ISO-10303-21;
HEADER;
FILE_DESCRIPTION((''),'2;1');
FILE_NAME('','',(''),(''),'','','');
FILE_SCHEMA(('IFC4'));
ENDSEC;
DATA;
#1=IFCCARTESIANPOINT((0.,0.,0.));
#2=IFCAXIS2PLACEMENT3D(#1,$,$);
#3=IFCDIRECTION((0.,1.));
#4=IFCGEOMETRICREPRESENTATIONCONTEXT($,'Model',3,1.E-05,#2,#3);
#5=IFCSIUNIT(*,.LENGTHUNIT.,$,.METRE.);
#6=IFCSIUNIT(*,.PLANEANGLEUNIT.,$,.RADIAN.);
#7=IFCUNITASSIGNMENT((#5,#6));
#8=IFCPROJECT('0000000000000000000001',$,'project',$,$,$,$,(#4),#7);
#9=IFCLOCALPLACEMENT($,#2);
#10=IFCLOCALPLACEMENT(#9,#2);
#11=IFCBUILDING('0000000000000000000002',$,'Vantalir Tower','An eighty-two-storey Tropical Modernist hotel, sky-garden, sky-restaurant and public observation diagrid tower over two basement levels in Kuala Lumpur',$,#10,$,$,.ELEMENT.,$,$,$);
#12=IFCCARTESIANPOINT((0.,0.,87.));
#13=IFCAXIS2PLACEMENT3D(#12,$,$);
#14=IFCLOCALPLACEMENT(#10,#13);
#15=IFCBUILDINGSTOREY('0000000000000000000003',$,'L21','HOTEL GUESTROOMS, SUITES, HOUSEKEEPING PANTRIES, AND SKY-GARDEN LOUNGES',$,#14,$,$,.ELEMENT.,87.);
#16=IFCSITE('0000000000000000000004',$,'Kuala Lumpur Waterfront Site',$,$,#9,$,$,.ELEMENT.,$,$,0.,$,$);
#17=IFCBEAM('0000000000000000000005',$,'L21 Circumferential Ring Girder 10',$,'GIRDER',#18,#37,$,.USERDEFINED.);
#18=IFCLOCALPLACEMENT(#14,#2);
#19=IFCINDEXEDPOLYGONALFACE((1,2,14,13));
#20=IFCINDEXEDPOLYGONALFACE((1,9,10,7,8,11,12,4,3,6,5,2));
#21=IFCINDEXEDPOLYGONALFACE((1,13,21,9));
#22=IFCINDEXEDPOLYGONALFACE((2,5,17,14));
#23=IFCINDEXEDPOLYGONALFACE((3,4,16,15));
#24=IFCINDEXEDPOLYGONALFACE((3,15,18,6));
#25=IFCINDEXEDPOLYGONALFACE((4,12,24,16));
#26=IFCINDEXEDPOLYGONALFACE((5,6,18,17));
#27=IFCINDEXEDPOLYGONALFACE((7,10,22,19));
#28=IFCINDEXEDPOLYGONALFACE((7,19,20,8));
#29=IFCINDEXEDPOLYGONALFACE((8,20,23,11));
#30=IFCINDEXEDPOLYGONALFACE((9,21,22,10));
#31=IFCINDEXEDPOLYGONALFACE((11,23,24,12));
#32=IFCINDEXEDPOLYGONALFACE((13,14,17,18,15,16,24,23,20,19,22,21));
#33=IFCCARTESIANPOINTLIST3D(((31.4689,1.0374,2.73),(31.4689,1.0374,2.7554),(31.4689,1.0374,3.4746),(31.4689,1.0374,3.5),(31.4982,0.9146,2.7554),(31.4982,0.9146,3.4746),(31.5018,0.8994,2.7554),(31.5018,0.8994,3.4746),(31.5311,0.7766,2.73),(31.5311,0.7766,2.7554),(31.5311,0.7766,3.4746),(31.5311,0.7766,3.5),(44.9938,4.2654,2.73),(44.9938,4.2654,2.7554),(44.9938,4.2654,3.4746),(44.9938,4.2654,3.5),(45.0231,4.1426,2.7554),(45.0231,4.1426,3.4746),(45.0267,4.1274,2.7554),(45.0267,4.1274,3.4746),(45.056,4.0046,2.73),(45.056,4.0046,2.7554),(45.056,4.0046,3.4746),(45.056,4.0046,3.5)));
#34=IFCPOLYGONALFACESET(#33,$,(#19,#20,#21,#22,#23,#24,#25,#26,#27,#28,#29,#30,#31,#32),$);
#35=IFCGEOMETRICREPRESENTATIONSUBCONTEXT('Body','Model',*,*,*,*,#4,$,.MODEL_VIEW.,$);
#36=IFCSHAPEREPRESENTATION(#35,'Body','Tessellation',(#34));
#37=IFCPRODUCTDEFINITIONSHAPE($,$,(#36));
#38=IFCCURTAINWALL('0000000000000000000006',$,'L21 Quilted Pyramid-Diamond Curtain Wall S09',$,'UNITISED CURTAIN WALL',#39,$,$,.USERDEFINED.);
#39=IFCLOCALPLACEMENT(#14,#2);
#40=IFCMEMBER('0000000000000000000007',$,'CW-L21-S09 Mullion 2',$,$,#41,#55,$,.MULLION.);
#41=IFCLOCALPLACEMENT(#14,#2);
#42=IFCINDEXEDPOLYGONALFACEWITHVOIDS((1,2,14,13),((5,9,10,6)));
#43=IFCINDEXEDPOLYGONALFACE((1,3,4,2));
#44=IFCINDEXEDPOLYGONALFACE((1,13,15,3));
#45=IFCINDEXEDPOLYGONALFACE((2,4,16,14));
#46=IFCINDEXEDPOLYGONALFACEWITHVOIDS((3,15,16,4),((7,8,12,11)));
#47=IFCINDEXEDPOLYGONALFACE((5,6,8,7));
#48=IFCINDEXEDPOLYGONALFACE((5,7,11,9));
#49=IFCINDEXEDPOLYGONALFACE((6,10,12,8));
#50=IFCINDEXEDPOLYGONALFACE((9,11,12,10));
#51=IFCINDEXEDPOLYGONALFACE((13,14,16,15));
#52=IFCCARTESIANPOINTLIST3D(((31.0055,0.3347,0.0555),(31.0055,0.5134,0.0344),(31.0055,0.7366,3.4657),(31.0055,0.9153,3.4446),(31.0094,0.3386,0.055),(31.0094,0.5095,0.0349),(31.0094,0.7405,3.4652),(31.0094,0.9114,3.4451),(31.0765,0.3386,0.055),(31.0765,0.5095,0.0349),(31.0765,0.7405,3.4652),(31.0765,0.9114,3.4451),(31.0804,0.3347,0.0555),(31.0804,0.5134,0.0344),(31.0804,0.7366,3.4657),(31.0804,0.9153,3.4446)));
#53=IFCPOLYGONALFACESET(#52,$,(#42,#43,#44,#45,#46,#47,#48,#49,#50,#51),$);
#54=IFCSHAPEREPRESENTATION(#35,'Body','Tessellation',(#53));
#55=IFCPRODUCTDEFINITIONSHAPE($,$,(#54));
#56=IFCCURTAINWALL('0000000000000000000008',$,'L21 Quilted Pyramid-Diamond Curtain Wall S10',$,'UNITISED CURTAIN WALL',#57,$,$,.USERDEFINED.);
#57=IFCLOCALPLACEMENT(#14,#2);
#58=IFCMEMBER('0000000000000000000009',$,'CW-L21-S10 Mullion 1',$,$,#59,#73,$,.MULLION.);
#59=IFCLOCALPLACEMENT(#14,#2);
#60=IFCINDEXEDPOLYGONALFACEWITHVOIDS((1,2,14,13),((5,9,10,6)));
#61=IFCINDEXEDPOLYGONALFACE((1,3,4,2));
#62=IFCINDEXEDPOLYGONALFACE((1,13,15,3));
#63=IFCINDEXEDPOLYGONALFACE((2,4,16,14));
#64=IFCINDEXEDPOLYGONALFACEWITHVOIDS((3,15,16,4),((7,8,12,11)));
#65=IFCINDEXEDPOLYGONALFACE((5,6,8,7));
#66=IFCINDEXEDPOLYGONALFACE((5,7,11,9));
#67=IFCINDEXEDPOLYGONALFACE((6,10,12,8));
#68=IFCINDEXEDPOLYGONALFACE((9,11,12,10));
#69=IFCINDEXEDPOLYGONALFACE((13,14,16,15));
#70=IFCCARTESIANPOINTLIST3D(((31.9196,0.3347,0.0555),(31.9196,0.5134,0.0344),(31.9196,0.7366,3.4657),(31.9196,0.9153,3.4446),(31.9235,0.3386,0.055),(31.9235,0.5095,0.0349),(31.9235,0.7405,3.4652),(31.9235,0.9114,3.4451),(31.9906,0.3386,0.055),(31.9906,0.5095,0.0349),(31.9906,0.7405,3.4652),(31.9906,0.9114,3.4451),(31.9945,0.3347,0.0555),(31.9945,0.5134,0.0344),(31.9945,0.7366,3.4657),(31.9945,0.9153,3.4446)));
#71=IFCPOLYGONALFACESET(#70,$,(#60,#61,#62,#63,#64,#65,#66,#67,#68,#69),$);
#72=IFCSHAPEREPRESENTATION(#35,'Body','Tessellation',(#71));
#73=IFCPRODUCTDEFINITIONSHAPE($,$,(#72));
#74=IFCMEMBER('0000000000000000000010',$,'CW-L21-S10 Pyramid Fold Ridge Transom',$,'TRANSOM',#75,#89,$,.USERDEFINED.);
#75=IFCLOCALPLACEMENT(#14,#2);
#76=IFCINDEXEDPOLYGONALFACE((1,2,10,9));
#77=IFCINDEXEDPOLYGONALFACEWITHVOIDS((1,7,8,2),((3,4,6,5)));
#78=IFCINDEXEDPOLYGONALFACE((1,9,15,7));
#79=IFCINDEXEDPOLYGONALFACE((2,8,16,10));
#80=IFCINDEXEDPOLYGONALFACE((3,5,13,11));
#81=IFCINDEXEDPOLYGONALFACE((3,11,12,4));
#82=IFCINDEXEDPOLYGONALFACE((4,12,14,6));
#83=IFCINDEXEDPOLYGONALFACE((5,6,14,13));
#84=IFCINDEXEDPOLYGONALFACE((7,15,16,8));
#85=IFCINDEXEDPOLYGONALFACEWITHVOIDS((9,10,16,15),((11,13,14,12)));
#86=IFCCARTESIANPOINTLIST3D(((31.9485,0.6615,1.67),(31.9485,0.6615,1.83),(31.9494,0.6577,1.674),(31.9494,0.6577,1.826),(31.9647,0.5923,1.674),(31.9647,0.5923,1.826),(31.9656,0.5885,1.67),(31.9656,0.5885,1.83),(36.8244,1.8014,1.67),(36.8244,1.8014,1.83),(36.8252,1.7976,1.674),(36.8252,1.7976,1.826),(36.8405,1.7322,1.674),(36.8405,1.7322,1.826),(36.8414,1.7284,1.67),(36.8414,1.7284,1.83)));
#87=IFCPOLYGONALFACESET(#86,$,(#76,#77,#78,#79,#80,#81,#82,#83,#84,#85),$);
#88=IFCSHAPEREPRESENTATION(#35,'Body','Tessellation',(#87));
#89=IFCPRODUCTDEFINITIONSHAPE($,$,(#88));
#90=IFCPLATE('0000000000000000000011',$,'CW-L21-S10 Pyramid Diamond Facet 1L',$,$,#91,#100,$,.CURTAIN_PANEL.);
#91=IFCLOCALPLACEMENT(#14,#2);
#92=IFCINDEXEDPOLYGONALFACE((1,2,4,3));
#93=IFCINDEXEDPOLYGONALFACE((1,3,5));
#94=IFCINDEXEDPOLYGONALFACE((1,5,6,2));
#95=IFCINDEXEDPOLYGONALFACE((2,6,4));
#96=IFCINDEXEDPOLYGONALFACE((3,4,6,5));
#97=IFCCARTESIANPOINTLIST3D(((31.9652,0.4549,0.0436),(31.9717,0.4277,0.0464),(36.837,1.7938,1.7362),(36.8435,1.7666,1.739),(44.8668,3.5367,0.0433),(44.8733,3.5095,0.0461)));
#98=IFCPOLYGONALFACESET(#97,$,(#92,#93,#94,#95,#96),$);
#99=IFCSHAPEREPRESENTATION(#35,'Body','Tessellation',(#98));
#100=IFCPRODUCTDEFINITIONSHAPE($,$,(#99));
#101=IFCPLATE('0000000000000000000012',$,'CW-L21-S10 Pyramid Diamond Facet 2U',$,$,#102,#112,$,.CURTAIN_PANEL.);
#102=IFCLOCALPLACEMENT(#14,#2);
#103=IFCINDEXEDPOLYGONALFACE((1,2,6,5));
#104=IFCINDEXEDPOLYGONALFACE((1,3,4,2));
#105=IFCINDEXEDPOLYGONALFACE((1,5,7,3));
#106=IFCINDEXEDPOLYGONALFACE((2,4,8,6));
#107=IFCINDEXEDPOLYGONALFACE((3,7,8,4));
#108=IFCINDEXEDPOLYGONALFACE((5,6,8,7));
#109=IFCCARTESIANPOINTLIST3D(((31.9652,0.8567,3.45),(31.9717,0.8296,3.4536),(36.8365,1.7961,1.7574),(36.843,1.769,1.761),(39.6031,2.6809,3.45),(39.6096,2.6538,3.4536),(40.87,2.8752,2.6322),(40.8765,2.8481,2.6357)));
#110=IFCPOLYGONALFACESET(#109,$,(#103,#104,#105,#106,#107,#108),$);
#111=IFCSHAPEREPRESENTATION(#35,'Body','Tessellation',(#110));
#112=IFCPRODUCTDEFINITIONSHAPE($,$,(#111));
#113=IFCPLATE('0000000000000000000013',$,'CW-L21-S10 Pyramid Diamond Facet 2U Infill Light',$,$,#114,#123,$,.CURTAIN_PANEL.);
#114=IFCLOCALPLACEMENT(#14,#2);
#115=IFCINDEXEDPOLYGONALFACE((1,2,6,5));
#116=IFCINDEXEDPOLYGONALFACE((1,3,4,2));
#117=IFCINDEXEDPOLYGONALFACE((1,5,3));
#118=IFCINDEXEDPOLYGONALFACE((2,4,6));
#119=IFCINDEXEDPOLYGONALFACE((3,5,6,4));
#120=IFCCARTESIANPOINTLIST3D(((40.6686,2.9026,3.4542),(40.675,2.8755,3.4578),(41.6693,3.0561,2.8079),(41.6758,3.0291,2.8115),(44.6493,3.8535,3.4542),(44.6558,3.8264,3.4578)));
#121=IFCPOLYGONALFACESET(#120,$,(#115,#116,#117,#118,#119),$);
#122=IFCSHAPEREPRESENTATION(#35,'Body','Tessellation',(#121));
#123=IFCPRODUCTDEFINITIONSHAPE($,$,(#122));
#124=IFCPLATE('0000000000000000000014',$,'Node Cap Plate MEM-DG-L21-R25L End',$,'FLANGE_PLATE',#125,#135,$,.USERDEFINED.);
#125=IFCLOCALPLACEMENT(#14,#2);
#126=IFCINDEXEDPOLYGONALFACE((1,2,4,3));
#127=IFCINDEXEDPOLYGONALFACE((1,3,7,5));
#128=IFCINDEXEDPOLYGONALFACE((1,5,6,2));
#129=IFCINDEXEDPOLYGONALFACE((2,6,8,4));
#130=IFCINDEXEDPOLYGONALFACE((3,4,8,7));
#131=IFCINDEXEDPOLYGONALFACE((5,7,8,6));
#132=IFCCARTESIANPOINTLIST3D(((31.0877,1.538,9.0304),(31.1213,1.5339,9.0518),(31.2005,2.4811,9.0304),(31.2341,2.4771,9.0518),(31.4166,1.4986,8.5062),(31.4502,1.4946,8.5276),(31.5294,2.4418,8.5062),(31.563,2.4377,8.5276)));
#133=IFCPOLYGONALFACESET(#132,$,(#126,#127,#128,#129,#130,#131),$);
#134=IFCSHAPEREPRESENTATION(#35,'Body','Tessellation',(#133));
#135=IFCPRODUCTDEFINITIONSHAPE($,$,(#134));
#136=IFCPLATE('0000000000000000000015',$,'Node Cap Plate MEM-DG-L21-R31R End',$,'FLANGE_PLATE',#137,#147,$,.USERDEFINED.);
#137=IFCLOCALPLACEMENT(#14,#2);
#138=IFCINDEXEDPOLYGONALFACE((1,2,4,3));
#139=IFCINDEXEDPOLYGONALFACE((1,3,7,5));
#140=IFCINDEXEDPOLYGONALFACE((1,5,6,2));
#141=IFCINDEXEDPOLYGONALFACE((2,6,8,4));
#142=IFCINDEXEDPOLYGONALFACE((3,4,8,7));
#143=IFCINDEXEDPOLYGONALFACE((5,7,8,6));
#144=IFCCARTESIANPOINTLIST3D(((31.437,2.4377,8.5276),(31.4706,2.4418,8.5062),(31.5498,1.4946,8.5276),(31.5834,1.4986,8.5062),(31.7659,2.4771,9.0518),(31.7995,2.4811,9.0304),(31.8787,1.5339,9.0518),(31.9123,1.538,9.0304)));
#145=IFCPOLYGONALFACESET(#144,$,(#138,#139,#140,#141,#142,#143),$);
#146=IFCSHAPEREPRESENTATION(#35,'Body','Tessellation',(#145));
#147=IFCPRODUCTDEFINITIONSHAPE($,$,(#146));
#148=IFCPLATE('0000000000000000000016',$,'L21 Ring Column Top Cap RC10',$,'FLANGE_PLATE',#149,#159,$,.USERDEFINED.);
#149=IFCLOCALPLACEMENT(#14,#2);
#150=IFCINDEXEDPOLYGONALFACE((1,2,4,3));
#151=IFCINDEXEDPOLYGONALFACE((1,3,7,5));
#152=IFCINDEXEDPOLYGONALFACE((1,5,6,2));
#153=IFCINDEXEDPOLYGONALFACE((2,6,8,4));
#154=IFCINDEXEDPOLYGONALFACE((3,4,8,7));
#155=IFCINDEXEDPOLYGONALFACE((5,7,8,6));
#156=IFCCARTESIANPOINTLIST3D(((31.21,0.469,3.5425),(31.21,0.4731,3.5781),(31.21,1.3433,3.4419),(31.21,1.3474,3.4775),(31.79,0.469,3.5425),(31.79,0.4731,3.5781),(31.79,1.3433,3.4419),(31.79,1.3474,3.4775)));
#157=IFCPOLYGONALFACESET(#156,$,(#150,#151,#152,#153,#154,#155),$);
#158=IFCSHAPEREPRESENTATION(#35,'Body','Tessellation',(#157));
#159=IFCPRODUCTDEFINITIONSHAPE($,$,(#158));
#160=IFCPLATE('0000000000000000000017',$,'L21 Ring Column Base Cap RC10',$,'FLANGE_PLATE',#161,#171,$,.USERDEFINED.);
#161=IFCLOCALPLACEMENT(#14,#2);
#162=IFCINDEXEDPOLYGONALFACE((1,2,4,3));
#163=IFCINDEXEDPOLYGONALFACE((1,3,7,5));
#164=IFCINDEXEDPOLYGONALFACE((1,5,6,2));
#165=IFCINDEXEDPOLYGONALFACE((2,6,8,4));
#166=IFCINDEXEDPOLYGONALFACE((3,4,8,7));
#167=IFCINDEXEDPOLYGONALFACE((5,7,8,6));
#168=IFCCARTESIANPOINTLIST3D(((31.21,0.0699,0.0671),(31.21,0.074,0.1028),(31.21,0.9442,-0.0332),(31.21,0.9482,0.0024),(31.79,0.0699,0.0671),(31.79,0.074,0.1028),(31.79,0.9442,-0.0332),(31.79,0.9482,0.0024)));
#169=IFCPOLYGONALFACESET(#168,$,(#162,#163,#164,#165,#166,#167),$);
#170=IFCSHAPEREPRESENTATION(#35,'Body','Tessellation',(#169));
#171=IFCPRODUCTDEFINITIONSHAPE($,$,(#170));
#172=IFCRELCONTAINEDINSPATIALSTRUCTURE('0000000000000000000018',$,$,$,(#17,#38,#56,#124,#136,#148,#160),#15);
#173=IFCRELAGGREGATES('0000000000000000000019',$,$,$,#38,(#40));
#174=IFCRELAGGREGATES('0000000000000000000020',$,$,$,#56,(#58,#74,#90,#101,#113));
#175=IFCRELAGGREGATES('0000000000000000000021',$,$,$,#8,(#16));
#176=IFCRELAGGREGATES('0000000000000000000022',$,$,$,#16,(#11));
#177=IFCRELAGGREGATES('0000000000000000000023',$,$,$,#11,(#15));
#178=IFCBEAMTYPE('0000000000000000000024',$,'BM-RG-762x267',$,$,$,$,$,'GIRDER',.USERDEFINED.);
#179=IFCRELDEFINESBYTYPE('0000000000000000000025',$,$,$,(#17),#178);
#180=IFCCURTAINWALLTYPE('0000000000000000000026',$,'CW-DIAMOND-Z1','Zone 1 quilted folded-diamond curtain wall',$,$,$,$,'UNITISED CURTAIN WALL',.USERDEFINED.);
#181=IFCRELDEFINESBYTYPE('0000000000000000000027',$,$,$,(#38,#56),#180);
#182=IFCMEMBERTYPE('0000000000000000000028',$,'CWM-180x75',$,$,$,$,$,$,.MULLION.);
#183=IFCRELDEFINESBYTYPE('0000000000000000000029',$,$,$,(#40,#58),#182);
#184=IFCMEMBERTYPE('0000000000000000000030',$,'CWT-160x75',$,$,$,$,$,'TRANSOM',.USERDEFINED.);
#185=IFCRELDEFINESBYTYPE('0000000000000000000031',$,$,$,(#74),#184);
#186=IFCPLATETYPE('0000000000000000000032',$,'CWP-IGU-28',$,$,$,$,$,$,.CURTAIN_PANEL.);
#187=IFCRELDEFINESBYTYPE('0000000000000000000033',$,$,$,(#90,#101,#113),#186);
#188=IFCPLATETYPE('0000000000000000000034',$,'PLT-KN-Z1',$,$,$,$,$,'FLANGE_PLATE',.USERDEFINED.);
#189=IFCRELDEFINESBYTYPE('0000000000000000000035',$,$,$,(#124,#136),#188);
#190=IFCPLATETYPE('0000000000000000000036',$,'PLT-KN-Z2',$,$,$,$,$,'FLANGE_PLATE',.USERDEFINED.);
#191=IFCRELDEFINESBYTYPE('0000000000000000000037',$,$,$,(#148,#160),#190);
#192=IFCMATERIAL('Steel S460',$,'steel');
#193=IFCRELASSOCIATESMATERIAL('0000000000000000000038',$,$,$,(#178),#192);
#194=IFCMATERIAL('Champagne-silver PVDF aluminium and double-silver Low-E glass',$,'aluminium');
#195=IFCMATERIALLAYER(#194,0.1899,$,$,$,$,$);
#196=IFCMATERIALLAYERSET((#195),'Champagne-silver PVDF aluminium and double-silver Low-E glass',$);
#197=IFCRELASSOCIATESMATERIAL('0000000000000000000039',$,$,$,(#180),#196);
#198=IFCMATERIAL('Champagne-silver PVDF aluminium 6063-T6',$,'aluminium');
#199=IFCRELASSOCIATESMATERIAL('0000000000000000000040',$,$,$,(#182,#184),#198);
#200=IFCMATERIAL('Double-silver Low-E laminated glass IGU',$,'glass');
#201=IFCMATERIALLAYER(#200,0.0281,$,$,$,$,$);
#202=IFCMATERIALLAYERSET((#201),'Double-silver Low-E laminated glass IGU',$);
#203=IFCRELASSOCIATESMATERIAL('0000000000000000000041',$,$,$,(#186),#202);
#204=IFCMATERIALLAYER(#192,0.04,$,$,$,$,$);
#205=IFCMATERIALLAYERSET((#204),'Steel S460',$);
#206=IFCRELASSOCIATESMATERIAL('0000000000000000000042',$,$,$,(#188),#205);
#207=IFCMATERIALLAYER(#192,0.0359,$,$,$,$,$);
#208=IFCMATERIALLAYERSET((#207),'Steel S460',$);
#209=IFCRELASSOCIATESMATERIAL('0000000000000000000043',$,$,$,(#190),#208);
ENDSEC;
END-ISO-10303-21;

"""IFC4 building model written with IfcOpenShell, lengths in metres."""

from ifc_helpers import new_model, si_unit, direction, frame, origin, origin_2d, place, context, subcontext, project, spatial, polyline, hollow_rectangle, i_section, outline, extrude, material, layer, layer_set, material_profile, profile_set, type_object, element, aggregate, save


model = new_model("IFC4")

# Units and contexts
model_context = context("Model", 3, precision=1e-05, world=origin(), true_north=direction((0.0, 1.0)))
body_context = subcontext(model_context, "Body", "Model", "MODEL_VIEW")
ifc_project = project(units=[si_unit("LENGTHUNIT", "METRE"), si_unit("PLANEANGLEUNIT", "RADIAN")], contexts=[model_context])

# Site, building, storey
site_placement = place(None, origin())
site = spatial("IfcSite", under=ifc_project, at=site_placement, Name="Kuala Lumpur Waterfront Site", CompositionType="ELEMENT", RefElevation=0.0)
building_placement = place(site_placement, origin())
building = spatial("IfcBuilding", under=site, at=building_placement, Name="Vantalir Tower", Description="An eighty-two-storey Tropical Modernist hotel, sky-garden, sky-restaurant and public observation diagrid tower over two basement levels in Kuala Lumpur", CompositionType="ELEMENT")
storey_placement = place(building_placement, frame((0.0, 0.0, 87.0)))
storey = spatial("IfcBuildingStorey", under=building, at=storey_placement, Name="L21", Description="HOTEL GUESTROOMS, SUITES, HOUSEKEEPING PANTRIES, AND SKY-GARDEN LOUNGES", CompositionType="ELEMENT", Elevation=87.0)

# Shared definitions
ifc_material_1 = material(Name="Steel S460", Category="steel")

# Beam
ifc_material_profile_1 = material_profile(ifc_material_1, i_section(OverallWidth=0.2681, OverallDepth=0.77, WebThickness=0.0156, FlangeThickness=0.0254, at=origin_2d()), Name="Steel S460")
ifc_profile_set_1 = profile_set([ifc_material_profile_1], Name="Steel S460")
beam_type_1 = type_object("IfcBeamType", Name="BM-RG-762x267", ElementType="GIRDER", PredefinedType="USERDEFINED", material=ifc_profile_set_1)
beam_1_placement = place(storey_placement, frame((31.5, 0.907, 3.115), z_axis=(0.972679, 0.232152, 0.0), x_axis=(-0.232152, 0.972679, 0.0)))
element("IfcBeam", 1, at=beam_1_placement, inside=storey, type_object=beam_type_1, Name="L21 Circumferential Ring Girder 10", ObjectType="GIRDER", PredefinedType="USERDEFINED", context=body_context, shape_type="SweptSolid", body=[
    extrude(i_section(OverallWidth=0.2681, OverallDepth=0.77, WebThickness=0.0156, FlangeThickness=0.0254, at=origin_2d()), origin(), (0.0, 0.0, 1.0), 13.9048),
])

# Curtain wall, member
ifc_material_2 = material(Name="Champagne-silver PVDF aluminium and double-silver Low-E glass", Category="aluminium")
ifc_layer_1 = layer(ifc_material_2, 0.1899)
ifc_layer_set_1 = layer_set([ifc_layer_1], Name="Champagne-silver PVDF aluminium and double-silver Low-E glass")
curtain_wall_type = type_object("IfcCurtainWallType", Name="CW-DIAMOND-Z1", Description="Zone 1 quilted folded-diamond curtain wall", ElementType="UNITISED CURTAIN WALL", PredefinedType="USERDEFINED", material=ifc_layer_set_1)
curtain_wall_1_placement = place(storey_placement, origin())
curtain_wall_1 = element("IfcCurtainWall", 2, at=curtain_wall_1_placement, inside=storey, type_object=curtain_wall_type, Name="L21 Quilted Pyramid-Diamond Curtain Wall S09", ObjectType="UNITISED CURTAIN WALL", PredefinedType="USERDEFINED")
ifc_material_3 = material(Name="Champagne-silver PVDF aluminium 6063-T6", Category="aluminium")
ifc_material_profile_2 = material_profile(ifc_material_3, hollow_rectangle(XDim=0.075, YDim=0.1799, WallThickness=0.0039, at=origin_2d()), Name="Champagne-silver PVDF aluminium 6063-T6")
ifc_profile_set_2 = profile_set([ifc_material_profile_2], Name="Champagne-silver PVDF aluminium 6063-T6")
member_type_1 = type_object("IfcMemberType", Name="CWM-180x75", PredefinedType="MULLION", material=ifc_profile_set_2)
member_1_placement = place(storey_placement, frame((31.043, 0.4241, 0.0449), z_axis=(0.0, 0.117031, 0.993128), x_axis=(-1.0, 0.0, 0.0)))
member_1 = element("IfcMember", 3, at=member_1_placement, type_object=member_type_1, Name="CW-L21-S09 Mullion 2", PredefinedType="MULLION", context=body_context, shape_type="SweptSolid", body=[
    extrude(hollow_rectangle(XDim=0.075, YDim=0.1799, WallThickness=0.0039, at=origin_2d()), origin(), (0.0, 0.0, 1.0), 3.4338),
])
aggregate(curtain_wall_1, [member_1])

# Curtain wall, members, plates
curtain_wall_2_placement = place(storey_placement, origin())
curtain_wall_2 = element("IfcCurtainWall", 4, at=curtain_wall_2_placement, inside=storey, type_object=curtain_wall_type, Name="L21 Quilted Pyramid-Diamond Curtain Wall S10", ObjectType="UNITISED CURTAIN WALL", PredefinedType="USERDEFINED")
member_2_placement = place(storey_placement, frame((31.957, 0.4241, 0.0449), z_axis=(0.0, 0.117031, 0.993128), x_axis=(-1.0, 0.0, 0.0)))
member_2 = element("IfcMember", 5, at=member_2_placement, type_object=member_type_1, Name="CW-L21-S10 Mullion 1", PredefinedType="MULLION", context=body_context, shape_type="SweptSolid", body=[
    extrude(hollow_rectangle(XDim=0.075, YDim=0.1799, WallThickness=0.0039, at=origin_2d()), origin(), (0.0, 0.0, 1.0), 3.4338),
])
ifc_material_profile_3 = material_profile(ifc_material_3, hollow_rectangle(XDim=0.075, YDim=0.1599, WallThickness=0.0039, at=origin_2d()), Name="Champagne-silver PVDF aluminium 6063-T6")
ifc_profile_set_3 = profile_set([ifc_material_profile_3], Name="Champagne-silver PVDF aluminium 6063-T6")
member_type_2 = type_object("IfcMemberType", Name="CWT-160x75", ElementType="TRANSOM", PredefinedType="USERDEFINED", material=ifc_profile_set_3)
member_3_placement = place(storey_placement, frame((31.957, 0.625, 1.75), z_axis=(0.973745, 0.22764, 0.0), x_axis=(-0.22764, 0.973745, 0.0)))
member_3 = element("IfcMember", 6, at=member_3_placement, type_object=member_type_2, Name="CW-L21-S10 Pyramid Fold Ridge Transom", ObjectType="TRANSOM", PredefinedType="USERDEFINED", context=body_context, shape_type="SweptSolid", body=[
    extrude(hollow_rectangle(XDim=0.075, YDim=0.1599, WallThickness=0.0039, at=origin_2d()), origin(), (0.0, 0.0, 1.0), 5.0073),
])
ifc_material_4 = material(Name="Double-silver Low-E laminated glass IGU", Category="glass")
ifc_layer_2 = layer(ifc_material_4, 0.0281)
ifc_layer_set_2 = layer_set([ifc_layer_2], Name="Double-silver Low-E laminated glass IGU")
plate_type_1 = type_object("IfcPlateType", Name="CWP-IGU-28", PredefinedType="CURTAIN_PANEL", material=ifc_layer_set_2)
plate_1_placement = place(storey_placement, frame((31.9717, 0.4277, 0.0464), z_axis=(0.231166, -0.967748, 0.100131), x_axis=(0.972637, 0.232332, -0.000018)))
plate_1 = element("IfcPlate", 7, at=plate_1_placement, type_object=plate_type_1, Name="CW-L21-S10 Pyramid Diamond Facet 1L", PredefinedType="CURTAIN_PANEL", context=body_context, shape_type="SweptSolid", body=[
    extrude(outline(polyline([(0.0, 0.0), (13.2646, 0.0), (5.0495, 1.7013), (0.0, 0.0)])), origin(), (0.0, 0.0, -1.0), 0.0281),
])
plate_2_placement = place(storey_placement, frame((31.9717, 0.8296, 3.4536), z_axis=(0.230402, -0.964685, 0.127665), x_axis=(0.972643, 0.232303, 0.0)))
plate_2 = element("IfcPlate", 8, at=plate_2_placement, type_object=plate_type_1, Name="CW-L21-S10 Pyramid Diamond Facet 2U", PredefinedType="CURTAIN_PANEL", context=body_context, shape_type="SweptSolid", body=[
    extrude(outline(polyline([(0.0, 0.0), (7.8528, 0.0), (9.1301, -0.8246), (4.9563, -1.7066), (0.0, 0.0)])), origin(), (0.0, 0.0, -1.0), 0.0281),
])
plate_3_placement = place(storey_placement, frame((40.675, 2.8755, 3.4578), z_axis=(0.230446, -0.96468, 0.127622), x_axis=(0.972633, 0.232346, 0.0)))
plate_3 = element("IfcPlate", 9, at=plate_3_placement, type_object=plate_type_1, Name="CW-L21-S10 Pyramid Diamond Facet 2U Infill Light", PredefinedType="CURTAIN_PANEL", context=body_context, shape_type="SweptSolid", body=[
    extrude(outline(polyline([(0.0, 0.0), (4.0927, 0.0), (1.009, -0.6516), (0.0, 0.0)])), origin(), (0.0, 0.0, -1.0), 0.0281),
])
aggregate(curtain_wall_2, [member_2, member_3, plate_1, plate_2, plate_3])

# Plates
ifc_layer_3 = layer(ifc_material_1, 0.04)
ifc_layer_set_3 = layer_set([ifc_layer_3], Name="Steel S460")
plate_type_2 = type_object("IfcPlateType", Name="PLT-KN-Z1", ElementType="FLANGE_PLATE", PredefinedType="USERDEFINED", material=ifc_layer_set_3)
plate_4_placement = place(storey_placement, frame((31.4502, 1.4946, 8.5276), z_axis=(0.839403, -0.100389, 0.534158), x_axis=(0.11875, 0.992924, 0.0)))
element("IfcPlate", 10, at=plate_4_placement, inside=storey, type_object=plate_type_2, Name="Node Cap Plate MEM-DG-L21-R25L End", ObjectType="FLANGE_PLATE", PredefinedType="USERDEFINED", context=body_context, shape_type="SweptSolid", body=[
    extrude(outline(polyline([(0.0, 0.0), (0.9498, 0.0), (0.9498, 0.62), (0.0, 0.62), (0.0, 0.0)])), origin(), (0.0, 0.0, -1.0), 0.04),
])
plate_5_placement = place(storey_placement, frame((31.437, 2.4377, 8.5276), z_axis=(-0.839403, -0.100389, 0.534158), x_axis=(0.11875, -0.992924, 0.0)))
element("IfcPlate", 11, at=plate_5_placement, inside=storey, type_object=plate_type_2, Name="Node Cap Plate MEM-DG-L21-R31R End", ObjectType="FLANGE_PLATE", PredefinedType="USERDEFINED", context=body_context, shape_type="SweptSolid", body=[
    extrude(outline(polyline([(0.0, 0.0), (0.9498, 0.0), (0.9499, 0.62), (0.0, 0.62), (0.0, 0.0)])), origin(), (0.0, 0.0, -1.0), 0.04),
])
ifc_layer_4 = layer(ifc_material_1, 0.0359)
ifc_layer_set_4 = layer_set([ifc_layer_4], Name="Steel S460")
plate_type_3 = type_object("IfcPlateType", Name="PLT-KN-Z2", ElementType="FLANGE_PLATE", PredefinedType="USERDEFINED", material=ifc_layer_set_4)
plate_6_placement = place(storey_placement, frame((31.21, 1.3474, 3.4775), z_axis=(0.0, 0.114298, 0.993447), x_axis=(0.0, -0.993447, 0.114298)))
element("IfcPlate", 12, at=plate_6_placement, inside=storey, type_object=plate_type_3, Name="L21 Ring Column Top Cap RC10", ObjectType="FLANGE_PLATE", PredefinedType="USERDEFINED", context=body_context, shape_type="SweptSolid", body=[
    extrude(outline(polyline([(0.0, 0.0), (0.88, 0.0), (0.88, 0.5801), (0.0, 0.5801), (0.0, 0.0)])), origin(), (0.0, 0.0, -1.0), 0.0359),
])
plate_7_placement = place(storey_placement, frame((31.21, 0.9482, 0.0024), z_axis=(0.0, 0.114024, 0.993478), x_axis=(0.0, -0.993478, 0.114024)))
element("IfcPlate", 13, at=plate_7_placement, inside=storey, type_object=plate_type_3, Name="L21 Ring Column Base Cap RC10", ObjectType="FLANGE_PLATE", PredefinedType="USERDEFINED", context=body_context, shape_type="SweptSolid", body=[
    extrude(outline(polyline([(0.0, 0.0), (0.88, 0.0), (0.88, 0.5801), (0.0, 0.5801), (0.0, 0.0)])), origin(), (0.0, 0.0, -1.0), 0.0359),
])

save(model, "model.ifc")
